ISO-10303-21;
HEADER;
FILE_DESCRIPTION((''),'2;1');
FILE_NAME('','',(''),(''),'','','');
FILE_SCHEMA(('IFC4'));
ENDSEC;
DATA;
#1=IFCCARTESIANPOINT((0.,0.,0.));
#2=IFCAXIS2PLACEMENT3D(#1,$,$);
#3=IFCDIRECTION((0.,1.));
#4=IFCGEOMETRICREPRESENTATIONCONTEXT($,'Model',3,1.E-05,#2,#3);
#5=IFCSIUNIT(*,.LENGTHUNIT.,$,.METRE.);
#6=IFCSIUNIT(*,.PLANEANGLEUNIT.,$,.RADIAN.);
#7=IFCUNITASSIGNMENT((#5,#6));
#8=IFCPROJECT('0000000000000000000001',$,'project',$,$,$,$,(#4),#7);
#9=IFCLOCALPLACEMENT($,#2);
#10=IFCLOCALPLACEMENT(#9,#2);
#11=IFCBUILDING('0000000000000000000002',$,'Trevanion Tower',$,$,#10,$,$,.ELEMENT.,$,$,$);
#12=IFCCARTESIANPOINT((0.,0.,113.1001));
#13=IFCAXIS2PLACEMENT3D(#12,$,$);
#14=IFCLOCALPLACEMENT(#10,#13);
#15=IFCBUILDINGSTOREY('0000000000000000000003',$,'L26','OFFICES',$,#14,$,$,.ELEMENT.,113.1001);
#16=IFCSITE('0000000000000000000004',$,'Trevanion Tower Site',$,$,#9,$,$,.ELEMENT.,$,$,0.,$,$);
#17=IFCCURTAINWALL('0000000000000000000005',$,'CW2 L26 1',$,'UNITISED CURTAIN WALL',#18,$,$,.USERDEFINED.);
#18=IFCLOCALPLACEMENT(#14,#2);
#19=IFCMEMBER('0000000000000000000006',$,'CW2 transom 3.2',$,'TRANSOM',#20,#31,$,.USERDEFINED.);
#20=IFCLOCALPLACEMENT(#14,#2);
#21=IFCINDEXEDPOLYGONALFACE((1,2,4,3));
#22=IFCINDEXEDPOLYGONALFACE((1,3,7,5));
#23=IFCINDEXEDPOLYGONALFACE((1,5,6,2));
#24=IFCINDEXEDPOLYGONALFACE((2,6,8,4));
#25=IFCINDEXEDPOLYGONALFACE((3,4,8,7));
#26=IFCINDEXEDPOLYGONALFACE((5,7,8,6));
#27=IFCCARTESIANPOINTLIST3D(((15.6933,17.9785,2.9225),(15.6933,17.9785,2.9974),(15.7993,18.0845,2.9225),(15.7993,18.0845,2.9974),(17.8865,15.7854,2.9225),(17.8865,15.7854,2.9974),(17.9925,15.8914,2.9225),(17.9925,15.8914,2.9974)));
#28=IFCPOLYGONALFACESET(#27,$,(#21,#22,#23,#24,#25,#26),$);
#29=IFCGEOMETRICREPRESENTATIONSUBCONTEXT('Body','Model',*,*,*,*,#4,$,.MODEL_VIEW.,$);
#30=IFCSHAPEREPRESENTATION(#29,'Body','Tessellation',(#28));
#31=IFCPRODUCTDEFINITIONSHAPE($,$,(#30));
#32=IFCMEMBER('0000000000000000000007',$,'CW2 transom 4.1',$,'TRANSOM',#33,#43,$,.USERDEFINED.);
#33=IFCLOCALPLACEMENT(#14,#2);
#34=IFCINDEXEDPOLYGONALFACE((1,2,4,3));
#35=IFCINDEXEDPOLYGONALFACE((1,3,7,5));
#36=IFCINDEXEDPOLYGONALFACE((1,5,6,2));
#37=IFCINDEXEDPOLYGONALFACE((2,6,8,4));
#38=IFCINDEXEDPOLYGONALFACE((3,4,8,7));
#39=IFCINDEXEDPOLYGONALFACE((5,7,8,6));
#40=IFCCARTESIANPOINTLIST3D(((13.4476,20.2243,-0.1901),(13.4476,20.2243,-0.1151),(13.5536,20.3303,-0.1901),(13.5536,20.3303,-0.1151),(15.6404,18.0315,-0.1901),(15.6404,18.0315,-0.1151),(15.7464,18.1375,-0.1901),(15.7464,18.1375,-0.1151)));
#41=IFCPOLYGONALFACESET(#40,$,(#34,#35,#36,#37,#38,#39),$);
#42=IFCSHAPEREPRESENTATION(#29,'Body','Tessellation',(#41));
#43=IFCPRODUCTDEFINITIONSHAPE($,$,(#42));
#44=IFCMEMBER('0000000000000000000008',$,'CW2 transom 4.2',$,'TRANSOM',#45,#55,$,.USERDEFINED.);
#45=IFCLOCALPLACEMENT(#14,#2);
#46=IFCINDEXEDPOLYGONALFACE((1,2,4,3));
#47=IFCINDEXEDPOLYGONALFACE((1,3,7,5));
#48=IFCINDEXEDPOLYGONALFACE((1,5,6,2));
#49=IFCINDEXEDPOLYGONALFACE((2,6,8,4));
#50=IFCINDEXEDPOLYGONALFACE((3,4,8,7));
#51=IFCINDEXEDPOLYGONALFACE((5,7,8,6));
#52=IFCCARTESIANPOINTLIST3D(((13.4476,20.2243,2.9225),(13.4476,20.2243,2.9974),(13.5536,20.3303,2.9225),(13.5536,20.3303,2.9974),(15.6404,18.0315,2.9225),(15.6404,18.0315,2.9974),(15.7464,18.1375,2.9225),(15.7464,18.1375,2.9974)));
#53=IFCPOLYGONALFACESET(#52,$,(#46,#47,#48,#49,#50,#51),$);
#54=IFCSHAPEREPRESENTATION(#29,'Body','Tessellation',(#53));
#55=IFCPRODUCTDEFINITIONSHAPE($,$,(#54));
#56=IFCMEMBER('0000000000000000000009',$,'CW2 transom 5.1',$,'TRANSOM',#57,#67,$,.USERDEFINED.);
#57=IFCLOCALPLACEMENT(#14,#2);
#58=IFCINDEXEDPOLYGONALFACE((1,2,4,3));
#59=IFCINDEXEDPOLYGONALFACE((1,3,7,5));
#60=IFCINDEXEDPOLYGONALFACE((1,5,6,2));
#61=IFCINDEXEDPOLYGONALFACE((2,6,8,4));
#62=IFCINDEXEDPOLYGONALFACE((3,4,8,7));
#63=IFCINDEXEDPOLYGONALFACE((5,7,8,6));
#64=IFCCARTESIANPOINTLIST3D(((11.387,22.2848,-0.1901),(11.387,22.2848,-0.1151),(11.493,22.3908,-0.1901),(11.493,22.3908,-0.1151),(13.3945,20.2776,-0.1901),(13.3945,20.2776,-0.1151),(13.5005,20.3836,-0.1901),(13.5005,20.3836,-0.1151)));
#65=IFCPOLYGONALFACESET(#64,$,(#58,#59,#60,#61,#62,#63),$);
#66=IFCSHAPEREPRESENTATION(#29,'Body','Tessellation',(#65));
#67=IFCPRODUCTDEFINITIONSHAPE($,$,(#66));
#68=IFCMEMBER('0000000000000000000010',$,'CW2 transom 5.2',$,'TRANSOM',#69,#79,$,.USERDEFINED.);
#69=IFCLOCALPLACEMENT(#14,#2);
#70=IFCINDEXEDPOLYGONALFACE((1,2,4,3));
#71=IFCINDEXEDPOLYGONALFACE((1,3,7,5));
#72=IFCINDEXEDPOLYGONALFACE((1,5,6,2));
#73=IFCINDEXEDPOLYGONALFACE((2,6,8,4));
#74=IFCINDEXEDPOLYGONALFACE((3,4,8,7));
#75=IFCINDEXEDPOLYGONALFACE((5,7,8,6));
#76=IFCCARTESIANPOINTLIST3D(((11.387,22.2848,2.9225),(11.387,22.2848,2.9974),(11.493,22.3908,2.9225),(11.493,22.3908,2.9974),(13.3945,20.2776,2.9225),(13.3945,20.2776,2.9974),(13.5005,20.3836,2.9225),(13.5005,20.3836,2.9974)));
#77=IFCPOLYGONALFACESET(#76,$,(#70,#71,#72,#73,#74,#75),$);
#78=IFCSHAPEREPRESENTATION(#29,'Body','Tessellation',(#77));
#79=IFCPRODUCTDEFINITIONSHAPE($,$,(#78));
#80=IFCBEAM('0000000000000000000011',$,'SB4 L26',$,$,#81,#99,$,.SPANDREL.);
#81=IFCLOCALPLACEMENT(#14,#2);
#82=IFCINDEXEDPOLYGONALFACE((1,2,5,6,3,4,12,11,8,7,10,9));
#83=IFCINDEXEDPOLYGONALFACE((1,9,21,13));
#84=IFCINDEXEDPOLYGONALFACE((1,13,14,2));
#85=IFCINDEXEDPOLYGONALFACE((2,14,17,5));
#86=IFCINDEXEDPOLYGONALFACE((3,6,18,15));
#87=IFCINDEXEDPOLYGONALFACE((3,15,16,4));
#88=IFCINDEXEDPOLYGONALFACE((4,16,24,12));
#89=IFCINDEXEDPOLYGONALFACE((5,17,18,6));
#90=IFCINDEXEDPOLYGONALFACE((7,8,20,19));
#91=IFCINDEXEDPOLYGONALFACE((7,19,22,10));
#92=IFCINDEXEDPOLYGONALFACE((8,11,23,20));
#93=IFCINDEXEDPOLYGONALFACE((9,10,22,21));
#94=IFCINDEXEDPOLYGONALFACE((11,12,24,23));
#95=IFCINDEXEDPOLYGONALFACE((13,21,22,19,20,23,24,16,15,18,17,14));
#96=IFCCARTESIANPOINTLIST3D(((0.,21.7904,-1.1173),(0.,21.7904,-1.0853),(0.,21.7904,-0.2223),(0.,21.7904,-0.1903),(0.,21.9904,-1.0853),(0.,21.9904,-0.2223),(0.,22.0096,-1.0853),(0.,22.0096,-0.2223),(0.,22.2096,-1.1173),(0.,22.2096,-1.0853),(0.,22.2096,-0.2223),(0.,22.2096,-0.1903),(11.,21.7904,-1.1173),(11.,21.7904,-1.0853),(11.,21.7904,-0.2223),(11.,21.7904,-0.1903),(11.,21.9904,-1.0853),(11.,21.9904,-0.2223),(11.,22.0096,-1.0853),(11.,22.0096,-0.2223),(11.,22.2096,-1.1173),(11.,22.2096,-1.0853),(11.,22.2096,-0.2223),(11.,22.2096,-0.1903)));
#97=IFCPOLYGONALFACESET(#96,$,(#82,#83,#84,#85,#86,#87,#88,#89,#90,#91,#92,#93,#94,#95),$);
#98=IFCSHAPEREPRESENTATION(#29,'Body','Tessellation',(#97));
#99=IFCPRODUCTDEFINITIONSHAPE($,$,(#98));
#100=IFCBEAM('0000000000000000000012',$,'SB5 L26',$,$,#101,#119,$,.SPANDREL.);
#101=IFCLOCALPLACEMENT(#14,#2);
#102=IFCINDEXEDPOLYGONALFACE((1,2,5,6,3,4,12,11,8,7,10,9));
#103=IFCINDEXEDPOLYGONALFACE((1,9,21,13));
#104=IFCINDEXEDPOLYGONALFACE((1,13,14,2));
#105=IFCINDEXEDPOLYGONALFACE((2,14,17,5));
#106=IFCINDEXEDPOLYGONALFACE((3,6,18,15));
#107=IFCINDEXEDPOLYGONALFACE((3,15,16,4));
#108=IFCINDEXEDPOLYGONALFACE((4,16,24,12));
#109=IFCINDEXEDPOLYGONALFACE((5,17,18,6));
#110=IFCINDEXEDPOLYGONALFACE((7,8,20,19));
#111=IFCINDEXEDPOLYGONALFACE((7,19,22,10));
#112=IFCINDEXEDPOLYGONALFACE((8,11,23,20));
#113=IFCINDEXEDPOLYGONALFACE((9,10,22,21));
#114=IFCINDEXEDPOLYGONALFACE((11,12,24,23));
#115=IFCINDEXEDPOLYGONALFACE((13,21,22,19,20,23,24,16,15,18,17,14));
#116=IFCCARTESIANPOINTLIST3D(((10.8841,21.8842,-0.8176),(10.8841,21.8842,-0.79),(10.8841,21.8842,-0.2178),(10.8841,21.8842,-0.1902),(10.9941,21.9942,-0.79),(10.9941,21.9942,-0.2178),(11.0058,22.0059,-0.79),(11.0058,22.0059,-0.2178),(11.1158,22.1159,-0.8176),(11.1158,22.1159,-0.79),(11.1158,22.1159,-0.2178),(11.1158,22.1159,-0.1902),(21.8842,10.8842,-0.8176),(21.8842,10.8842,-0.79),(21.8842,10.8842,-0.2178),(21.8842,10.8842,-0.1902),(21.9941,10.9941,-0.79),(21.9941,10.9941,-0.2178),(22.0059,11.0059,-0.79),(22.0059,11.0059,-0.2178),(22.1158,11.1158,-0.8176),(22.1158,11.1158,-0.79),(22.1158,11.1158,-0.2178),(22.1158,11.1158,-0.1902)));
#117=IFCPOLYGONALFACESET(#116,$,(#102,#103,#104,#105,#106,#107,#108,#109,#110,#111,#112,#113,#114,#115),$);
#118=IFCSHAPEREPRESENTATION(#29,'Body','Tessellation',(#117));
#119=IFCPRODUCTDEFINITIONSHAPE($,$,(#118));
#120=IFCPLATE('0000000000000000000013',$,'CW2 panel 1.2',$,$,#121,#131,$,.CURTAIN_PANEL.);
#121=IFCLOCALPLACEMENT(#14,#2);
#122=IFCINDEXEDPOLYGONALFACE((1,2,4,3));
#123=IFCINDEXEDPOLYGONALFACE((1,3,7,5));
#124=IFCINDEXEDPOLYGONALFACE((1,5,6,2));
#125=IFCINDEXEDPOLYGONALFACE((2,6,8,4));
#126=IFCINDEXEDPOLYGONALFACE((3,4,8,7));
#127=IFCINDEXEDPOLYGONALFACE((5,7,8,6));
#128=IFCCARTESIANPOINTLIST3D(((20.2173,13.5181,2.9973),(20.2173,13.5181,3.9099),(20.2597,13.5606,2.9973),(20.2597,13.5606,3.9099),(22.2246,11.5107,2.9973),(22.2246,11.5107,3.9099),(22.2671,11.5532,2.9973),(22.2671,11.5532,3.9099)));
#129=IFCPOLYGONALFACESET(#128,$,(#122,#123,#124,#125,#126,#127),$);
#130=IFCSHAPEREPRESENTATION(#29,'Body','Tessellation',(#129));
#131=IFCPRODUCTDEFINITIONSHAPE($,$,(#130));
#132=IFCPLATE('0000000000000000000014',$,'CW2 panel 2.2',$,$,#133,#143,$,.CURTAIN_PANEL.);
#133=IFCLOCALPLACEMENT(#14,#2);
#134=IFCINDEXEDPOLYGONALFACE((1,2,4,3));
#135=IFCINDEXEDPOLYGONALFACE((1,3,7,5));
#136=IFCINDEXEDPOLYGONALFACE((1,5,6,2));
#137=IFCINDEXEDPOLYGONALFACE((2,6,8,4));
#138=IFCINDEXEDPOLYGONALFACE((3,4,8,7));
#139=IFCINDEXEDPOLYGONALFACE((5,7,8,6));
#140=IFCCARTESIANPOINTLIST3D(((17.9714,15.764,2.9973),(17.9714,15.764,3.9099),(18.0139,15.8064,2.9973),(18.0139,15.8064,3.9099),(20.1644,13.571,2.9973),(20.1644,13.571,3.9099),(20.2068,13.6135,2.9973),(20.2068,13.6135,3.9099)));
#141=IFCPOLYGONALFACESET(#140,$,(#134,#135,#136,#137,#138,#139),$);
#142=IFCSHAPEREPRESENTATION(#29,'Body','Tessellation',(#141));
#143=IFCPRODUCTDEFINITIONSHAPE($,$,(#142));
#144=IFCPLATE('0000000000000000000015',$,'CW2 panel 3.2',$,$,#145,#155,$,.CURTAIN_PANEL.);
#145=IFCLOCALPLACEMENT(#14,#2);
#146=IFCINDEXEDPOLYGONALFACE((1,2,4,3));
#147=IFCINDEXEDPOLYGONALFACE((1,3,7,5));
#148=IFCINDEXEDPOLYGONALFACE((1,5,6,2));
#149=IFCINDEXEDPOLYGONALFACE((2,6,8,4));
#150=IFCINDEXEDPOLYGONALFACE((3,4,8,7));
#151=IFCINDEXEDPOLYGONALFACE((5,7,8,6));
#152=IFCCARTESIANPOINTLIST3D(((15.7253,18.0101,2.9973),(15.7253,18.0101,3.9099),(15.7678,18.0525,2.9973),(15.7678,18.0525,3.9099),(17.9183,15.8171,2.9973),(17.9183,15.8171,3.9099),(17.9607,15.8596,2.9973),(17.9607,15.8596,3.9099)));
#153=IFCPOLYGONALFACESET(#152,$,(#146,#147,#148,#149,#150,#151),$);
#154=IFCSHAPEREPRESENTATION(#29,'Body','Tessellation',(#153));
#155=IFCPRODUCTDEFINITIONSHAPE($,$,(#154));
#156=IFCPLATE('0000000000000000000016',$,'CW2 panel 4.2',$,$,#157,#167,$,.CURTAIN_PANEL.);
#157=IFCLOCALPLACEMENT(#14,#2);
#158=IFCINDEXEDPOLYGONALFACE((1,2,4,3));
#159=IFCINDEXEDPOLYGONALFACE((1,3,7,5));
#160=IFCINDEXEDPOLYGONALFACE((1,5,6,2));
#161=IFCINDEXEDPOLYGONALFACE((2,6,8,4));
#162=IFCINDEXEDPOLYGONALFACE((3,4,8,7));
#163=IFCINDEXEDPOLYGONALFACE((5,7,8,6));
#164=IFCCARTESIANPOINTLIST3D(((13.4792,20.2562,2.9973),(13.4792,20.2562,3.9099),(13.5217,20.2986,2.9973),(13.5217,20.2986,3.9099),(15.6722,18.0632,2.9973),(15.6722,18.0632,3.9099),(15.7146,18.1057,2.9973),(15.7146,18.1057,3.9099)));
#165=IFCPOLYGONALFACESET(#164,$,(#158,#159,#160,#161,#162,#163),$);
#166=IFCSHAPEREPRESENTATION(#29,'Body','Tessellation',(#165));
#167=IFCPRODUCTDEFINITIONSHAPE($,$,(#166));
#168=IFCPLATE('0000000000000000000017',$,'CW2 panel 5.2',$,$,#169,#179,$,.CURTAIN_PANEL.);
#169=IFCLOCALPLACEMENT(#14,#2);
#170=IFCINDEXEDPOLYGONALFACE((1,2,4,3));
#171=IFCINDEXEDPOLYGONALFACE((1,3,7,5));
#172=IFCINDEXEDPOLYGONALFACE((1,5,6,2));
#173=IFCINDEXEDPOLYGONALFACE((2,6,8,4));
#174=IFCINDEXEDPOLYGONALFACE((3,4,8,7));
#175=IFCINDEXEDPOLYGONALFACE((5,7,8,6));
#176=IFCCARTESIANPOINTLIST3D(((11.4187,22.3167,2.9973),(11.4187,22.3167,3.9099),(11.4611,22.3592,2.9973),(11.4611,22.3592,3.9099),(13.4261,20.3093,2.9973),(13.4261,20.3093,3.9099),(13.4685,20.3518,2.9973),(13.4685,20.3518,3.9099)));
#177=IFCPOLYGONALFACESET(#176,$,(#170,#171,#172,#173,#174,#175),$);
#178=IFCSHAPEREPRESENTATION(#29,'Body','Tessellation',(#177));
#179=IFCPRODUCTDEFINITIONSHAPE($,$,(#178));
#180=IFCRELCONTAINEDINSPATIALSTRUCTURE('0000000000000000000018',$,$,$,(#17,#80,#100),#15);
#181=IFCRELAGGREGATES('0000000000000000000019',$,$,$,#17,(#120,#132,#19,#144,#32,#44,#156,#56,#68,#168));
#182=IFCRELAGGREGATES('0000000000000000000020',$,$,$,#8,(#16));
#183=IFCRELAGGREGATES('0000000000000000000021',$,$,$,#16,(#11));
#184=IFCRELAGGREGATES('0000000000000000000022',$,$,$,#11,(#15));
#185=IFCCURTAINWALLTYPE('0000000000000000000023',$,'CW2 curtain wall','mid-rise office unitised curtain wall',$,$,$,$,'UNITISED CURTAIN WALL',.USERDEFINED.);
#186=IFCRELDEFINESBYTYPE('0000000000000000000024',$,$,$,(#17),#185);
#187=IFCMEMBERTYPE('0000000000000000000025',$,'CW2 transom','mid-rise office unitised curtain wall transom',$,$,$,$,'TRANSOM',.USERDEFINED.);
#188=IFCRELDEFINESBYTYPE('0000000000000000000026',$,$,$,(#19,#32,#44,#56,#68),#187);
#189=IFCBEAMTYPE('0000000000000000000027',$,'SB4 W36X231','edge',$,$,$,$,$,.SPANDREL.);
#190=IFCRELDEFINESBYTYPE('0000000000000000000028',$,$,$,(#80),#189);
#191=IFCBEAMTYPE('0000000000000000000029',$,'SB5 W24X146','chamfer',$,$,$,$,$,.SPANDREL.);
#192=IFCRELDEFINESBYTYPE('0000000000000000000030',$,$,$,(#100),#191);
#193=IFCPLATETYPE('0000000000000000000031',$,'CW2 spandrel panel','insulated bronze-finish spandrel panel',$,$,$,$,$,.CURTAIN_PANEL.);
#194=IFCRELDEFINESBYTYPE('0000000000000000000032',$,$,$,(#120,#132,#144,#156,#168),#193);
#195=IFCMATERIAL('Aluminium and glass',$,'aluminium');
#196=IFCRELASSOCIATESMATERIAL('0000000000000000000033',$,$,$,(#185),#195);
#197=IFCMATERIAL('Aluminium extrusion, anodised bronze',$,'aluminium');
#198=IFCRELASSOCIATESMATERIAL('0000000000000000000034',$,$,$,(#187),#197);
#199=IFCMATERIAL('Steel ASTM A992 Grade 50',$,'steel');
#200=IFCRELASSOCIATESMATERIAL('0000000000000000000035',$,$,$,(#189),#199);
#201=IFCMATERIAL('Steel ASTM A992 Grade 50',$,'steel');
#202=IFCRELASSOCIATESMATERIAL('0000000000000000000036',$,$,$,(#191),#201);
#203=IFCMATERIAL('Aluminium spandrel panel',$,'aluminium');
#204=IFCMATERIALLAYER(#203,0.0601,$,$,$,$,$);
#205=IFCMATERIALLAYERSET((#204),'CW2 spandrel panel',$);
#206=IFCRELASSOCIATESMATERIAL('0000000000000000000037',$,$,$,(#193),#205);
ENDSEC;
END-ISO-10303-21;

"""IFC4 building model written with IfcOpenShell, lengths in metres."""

from ifc_helpers import new_model, si_unit, direction, frame, origin, origin_2d, place, context, subcontext, project, spatial, rectangle, i_section, extrude, material, layer, layer_set, material_profile, profile_set, type_object, element, aggregate, save


model = new_model("IFC4")

# Units and contexts
model_context = context("Model", 3, precision=1e-05, world=origin(), true_north=direction((0.0, 1.0)))
body_context = subcontext(model_context, "Body", "Model", "MODEL_VIEW")
ifc_project = project(units=[si_unit("LENGTHUNIT", "METRE"), si_unit("PLANEANGLEUNIT", "RADIAN")], contexts=[model_context])

# Site, building, storey
site_placement = place(None, origin())
site = spatial("IfcSite", under=ifc_project, at=site_placement, Name="Trevanion Tower Site", CompositionType="ELEMENT", RefElevation=0.0)
building_placement = place(site_placement, origin())
building = spatial("IfcBuilding", under=site, at=building_placement, Name="Trevanion Tower", CompositionType="ELEMENT")
storey_placement = place(building_placement, frame((0.0, 0.0, 113.1001)))
storey = spatial("IfcBuildingStorey", under=building, at=storey_placement, Name="L26", Description="OFFICES", CompositionType="ELEMENT", Elevation=113.1001)

# Curtain wall
ifc_material_1 = material(Name="Aluminium and glass", Category="aluminium")
curtain_wall_type = type_object("IfcCurtainWallType", Name="CW2 curtain wall", Description="mid-rise office unitised curtain wall", ElementType="UNITISED CURTAIN WALL", PredefinedType="USERDEFINED", material=ifc_material_1)
curtain_wall_1_placement = place(storey_placement, origin())
curtain_wall_1 = element("IfcCurtainWall", 1, at=curtain_wall_1_placement, inside=storey, type_object=curtain_wall_type, Name="CW2 L26 1", ObjectType="UNITISED CURTAIN WALL", PredefinedType="USERDEFINED")

# Members
ifc_material_2 = material(Name="Aluminium extrusion, anodised bronze", Category="aluminium")
ifc_material_profile_1 = material_profile(ifc_material_2, rectangle(XDim=0.1499, YDim=0.075, at=origin_2d()), Name="CW2 transom")
ifc_profile_set_1 = profile_set([ifc_material_profile_1], Name="Aluminium extrusion, anodised bronze")
member_type_1 = type_object("IfcMemberType", Name="CW2 transom", Description="mid-rise office unitised curtain wall transom", ElementType="TRANSOM", PredefinedType="USERDEFINED", material=ifc_profile_set_1)
member_1_placement = place(storey_placement, frame((17.9395, 15.8384, 2.96), z_axis=(-0.707107, 0.707107, 0.0), x_axis=(-0.707107, -0.707107, 0.0)))
member_1 = element("IfcMember", 2, at=member_1_placement, type_object=member_type_1, Name="CW2 transom 3.2", ObjectType="TRANSOM", PredefinedType="USERDEFINED", context=body_context, shape_type="SweptSolid", body=[
    extrude(rectangle(XDim=0.1499, YDim=0.075, at=origin_2d()), origin(), (0.0, 0.0, 1.0), 3.1016),
])
member_2_placement = place(storey_placement, frame((15.6934, 18.0845, -0.1526), z_axis=(-0.707107, 0.707107, 0.0), x_axis=(-0.707107, -0.707107, 0.0)))
member_2 = element("IfcMember", 3, at=member_2_placement, type_object=member_type_1, Name="CW2 transom 4.1", ObjectType="TRANSOM", PredefinedType="USERDEFINED", context=body_context, shape_type="SweptSolid", body=[
    extrude(rectangle(XDim=0.1499, YDim=0.075, at=origin_2d()), origin(), (0.0, 0.0, 1.0), 3.1011),
])
member_3_placement = place(storey_placement, frame((15.6934, 18.0845, 2.96), z_axis=(-0.707107, 0.707107, 0.0), x_axis=(-0.707107, -0.707107, 0.0)))
member_3 = element("IfcMember", 4, at=member_3_placement, type_object=member_type_1, Name="CW2 transom 4.2", ObjectType="TRANSOM", PredefinedType="USERDEFINED", context=body_context, shape_type="SweptSolid", body=[
    extrude(rectangle(XDim=0.1499, YDim=0.075, at=origin_2d()), origin(), (0.0, 0.0, 1.0), 3.1011),
])
member_4_placement = place(storey_placement, frame((13.4475, 20.3306, -0.1526), z_axis=(-0.70715, 0.707064, 0.0), x_axis=(-0.707064, -0.70715, 0.0)))
member_4 = element("IfcMember", 5, at=member_4_placement, type_object=member_type_1, Name="CW2 transom 5.1", ObjectType="TRANSOM", PredefinedType="USERDEFINED", context=body_context, shape_type="SweptSolid", body=[
    extrude(rectangle(XDim=0.1499, YDim=0.075, at=origin_2d()), origin(), (0.0, 0.0, 1.0), 2.8389),
])
member_5_placement = place(storey_placement, frame((13.4475, 20.3306, 2.96), z_axis=(-0.70715, 0.707064, 0.0), x_axis=(-0.707064, -0.70715, 0.0)))
member_5 = element("IfcMember", 6, at=member_5_placement, type_object=member_type_1, Name="CW2 transom 5.2", ObjectType="TRANSOM", PredefinedType="USERDEFINED", context=body_context, shape_type="SweptSolid", body=[
    extrude(rectangle(XDim=0.1499, YDim=0.075, at=origin_2d()), origin(), (0.0, 0.0, 1.0), 2.8389),
])

# Beams
ifc_material_3 = material(Name="Steel ASTM A992 Grade 50", Category="steel")
ifc_material_profile_2 = material_profile(ifc_material_3, i_section(OverallWidth=0.4192, OverallDepth=0.927, WebThickness=0.0193, FlangeThickness=0.032, at=origin_2d()), Name="W36X231")
ifc_profile_set_2 = profile_set([ifc_material_profile_2], Name="Steel ASTM A992 Grade 50")
beam_type_1 = type_object("IfcBeamType", Name="SB4 W36X231", Description="edge", PredefinedType="SPANDREL", material=ifc_profile_set_2)
beam_1_placement = place(storey_placement, frame((11.0, 22.0, -0.6538), z_axis=(-1.0, 0.0, 0.0), x_axis=(0.0, -1.0, 0.0)))
element("IfcBeam", 7, at=beam_1_placement, inside=storey, type_object=beam_type_1, Name="SB4 L26", PredefinedType="SPANDREL", context=body_context, shape_type="SweptSolid", body=[
    extrude(i_section(OverallWidth=0.4192, OverallDepth=0.927, WebThickness=0.0193, FlangeThickness=0.032, at=origin_2d()), origin(), (0.0, 0.0, 1.0), 11.0),
])
ifc_material_4 = material(Name="Steel ASTM A992 Grade 50", Category="steel")
ifc_material_profile_3 = material_profile(ifc_material_4, i_section(OverallWidth=0.3276, OverallDepth=0.6274, WebThickness=0.0166, FlangeThickness=0.0276, at=origin_2d()), Name="W24X146")
ifc_profile_set_3 = profile_set([ifc_material_profile_3], Name="Steel ASTM A992 Grade 50")
beam_type_2 = type_object("IfcBeamType", Name="SB5 W24X146", Description="chamfer", PredefinedType="SPANDREL", material=ifc_profile_set_3)
beam_2_placement = place(storey_placement, frame((22.0, 11.0, -0.5039), z_axis=(-0.707107, 0.707107, 0.0), x_axis=(-0.707107, -0.707107, 0.0)))
element("IfcBeam", 8, at=beam_2_placement, inside=storey, type_object=beam_type_2, Name="SB5 L26", PredefinedType="SPANDREL", context=body_context, shape_type="SweptSolid", body=[
    extrude(i_section(OverallWidth=0.3276, OverallDepth=0.6274, WebThickness=0.0166, FlangeThickness=0.0276, at=origin_2d()), origin(), (0.0, 0.0, 1.0), 15.5564),
])

# Plates
ifc_material_5 = material(Name="Aluminium spandrel panel", Category="aluminium")
ifc_layer_1 = layer(ifc_material_5, 0.0601)
ifc_layer_set_1 = layer_set([ifc_layer_1], Name="CW2 spandrel panel")
plate_type_1 = type_object("IfcPlateType", Name="CW2 spandrel panel", Description="insulated bronze-finish spandrel panel", PredefinedType="CURTAIN_PANEL", material=ifc_layer_set_1)
plate_1_placement = place(storey_placement, frame((21.2422, 12.5356, 2.9973), z_axis=(0.0, 0.0, 1.0), x_axis=(-0.707107, 0.707107, 0.0)))
plate_1 = element("IfcPlate", 9, at=plate_1_placement, type_object=plate_type_1, Name="CW2 panel 1.2", PredefinedType="CURTAIN_PANEL", context=body_context, shape_type="SweptSolid", body=[
    extrude(rectangle(XDim=2.8389, YDim=0.0601, at=origin_2d()), origin(), (0.0, 0.0, 1.0), 0.9126),
])
plate_2_placement = place(storey_placement, frame((19.0891, 14.6887, 2.9973), z_axis=(0.0, 0.0, 1.0), x_axis=(-0.707107, 0.707107, 0.0)))
plate_2 = element("IfcPlate", 10, at=plate_2_placement, type_object=plate_type_1, Name="CW2 panel 2.2", PredefinedType="CURTAIN_PANEL", context=body_context, shape_type="SweptSolid", body=[
    extrude(rectangle(XDim=3.1013, YDim=0.0601, at=origin_2d()), origin(), (0.0, 0.0, 1.0), 0.9126),
])
plate_3_placement = place(storey_placement, frame((16.843, 16.9348, 2.9973), z_axis=(0.0, 0.0, 1.0), x_axis=(-0.707107, 0.707107, 0.0)))
plate_3 = element("IfcPlate", 11, at=plate_3_placement, type_object=plate_type_1, Name="CW2 panel 3.2", PredefinedType="CURTAIN_PANEL", context=body_context, shape_type="SweptSolid", body=[
    extrude(rectangle(XDim=3.1013, YDim=0.0601, at=origin_2d()), origin(), (0.0, 0.0, 1.0), 0.9126),
])
plate_4_placement = place(storey_placement, frame((14.5969, 19.1809, 2.9973), z_axis=(0.0, 0.0, 1.0), x_axis=(-0.707107, 0.707107, 0.0)))
plate_4 = element("IfcPlate", 12, at=plate_4_placement, type_object=plate_type_1, Name="CW2 panel 4.2", PredefinedType="CURTAIN_PANEL", context=body_context, shape_type="SweptSolid", body=[
    extrude(rectangle(XDim=3.1013, YDim=0.0601, at=origin_2d()), origin(), (0.0, 0.0, 1.0), 0.9126),
])
plate_5_placement = place(storey_placement, frame((12.4436, 21.3342, 2.9973), z_axis=(0.0, 0.0, 1.0), x_axis=(-0.707107, 0.707107, 0.0)))
plate_5 = element("IfcPlate", 13, at=plate_5_placement, type_object=plate_type_1, Name="CW2 panel 5.2", PredefinedType="CURTAIN_PANEL", context=body_context, shape_type="SweptSolid", body=[
    extrude(rectangle(XDim=2.8389, YDim=0.0601, at=origin_2d()), origin(), (0.0, 0.0, 1.0), 0.9126),
])
aggregate(curtain_wall_1, [plate_1, plate_2, member_1, plate_3, member_2, member_3, plate_4, member_4, member_5, plate_5])

save(model, "model.ifc")
